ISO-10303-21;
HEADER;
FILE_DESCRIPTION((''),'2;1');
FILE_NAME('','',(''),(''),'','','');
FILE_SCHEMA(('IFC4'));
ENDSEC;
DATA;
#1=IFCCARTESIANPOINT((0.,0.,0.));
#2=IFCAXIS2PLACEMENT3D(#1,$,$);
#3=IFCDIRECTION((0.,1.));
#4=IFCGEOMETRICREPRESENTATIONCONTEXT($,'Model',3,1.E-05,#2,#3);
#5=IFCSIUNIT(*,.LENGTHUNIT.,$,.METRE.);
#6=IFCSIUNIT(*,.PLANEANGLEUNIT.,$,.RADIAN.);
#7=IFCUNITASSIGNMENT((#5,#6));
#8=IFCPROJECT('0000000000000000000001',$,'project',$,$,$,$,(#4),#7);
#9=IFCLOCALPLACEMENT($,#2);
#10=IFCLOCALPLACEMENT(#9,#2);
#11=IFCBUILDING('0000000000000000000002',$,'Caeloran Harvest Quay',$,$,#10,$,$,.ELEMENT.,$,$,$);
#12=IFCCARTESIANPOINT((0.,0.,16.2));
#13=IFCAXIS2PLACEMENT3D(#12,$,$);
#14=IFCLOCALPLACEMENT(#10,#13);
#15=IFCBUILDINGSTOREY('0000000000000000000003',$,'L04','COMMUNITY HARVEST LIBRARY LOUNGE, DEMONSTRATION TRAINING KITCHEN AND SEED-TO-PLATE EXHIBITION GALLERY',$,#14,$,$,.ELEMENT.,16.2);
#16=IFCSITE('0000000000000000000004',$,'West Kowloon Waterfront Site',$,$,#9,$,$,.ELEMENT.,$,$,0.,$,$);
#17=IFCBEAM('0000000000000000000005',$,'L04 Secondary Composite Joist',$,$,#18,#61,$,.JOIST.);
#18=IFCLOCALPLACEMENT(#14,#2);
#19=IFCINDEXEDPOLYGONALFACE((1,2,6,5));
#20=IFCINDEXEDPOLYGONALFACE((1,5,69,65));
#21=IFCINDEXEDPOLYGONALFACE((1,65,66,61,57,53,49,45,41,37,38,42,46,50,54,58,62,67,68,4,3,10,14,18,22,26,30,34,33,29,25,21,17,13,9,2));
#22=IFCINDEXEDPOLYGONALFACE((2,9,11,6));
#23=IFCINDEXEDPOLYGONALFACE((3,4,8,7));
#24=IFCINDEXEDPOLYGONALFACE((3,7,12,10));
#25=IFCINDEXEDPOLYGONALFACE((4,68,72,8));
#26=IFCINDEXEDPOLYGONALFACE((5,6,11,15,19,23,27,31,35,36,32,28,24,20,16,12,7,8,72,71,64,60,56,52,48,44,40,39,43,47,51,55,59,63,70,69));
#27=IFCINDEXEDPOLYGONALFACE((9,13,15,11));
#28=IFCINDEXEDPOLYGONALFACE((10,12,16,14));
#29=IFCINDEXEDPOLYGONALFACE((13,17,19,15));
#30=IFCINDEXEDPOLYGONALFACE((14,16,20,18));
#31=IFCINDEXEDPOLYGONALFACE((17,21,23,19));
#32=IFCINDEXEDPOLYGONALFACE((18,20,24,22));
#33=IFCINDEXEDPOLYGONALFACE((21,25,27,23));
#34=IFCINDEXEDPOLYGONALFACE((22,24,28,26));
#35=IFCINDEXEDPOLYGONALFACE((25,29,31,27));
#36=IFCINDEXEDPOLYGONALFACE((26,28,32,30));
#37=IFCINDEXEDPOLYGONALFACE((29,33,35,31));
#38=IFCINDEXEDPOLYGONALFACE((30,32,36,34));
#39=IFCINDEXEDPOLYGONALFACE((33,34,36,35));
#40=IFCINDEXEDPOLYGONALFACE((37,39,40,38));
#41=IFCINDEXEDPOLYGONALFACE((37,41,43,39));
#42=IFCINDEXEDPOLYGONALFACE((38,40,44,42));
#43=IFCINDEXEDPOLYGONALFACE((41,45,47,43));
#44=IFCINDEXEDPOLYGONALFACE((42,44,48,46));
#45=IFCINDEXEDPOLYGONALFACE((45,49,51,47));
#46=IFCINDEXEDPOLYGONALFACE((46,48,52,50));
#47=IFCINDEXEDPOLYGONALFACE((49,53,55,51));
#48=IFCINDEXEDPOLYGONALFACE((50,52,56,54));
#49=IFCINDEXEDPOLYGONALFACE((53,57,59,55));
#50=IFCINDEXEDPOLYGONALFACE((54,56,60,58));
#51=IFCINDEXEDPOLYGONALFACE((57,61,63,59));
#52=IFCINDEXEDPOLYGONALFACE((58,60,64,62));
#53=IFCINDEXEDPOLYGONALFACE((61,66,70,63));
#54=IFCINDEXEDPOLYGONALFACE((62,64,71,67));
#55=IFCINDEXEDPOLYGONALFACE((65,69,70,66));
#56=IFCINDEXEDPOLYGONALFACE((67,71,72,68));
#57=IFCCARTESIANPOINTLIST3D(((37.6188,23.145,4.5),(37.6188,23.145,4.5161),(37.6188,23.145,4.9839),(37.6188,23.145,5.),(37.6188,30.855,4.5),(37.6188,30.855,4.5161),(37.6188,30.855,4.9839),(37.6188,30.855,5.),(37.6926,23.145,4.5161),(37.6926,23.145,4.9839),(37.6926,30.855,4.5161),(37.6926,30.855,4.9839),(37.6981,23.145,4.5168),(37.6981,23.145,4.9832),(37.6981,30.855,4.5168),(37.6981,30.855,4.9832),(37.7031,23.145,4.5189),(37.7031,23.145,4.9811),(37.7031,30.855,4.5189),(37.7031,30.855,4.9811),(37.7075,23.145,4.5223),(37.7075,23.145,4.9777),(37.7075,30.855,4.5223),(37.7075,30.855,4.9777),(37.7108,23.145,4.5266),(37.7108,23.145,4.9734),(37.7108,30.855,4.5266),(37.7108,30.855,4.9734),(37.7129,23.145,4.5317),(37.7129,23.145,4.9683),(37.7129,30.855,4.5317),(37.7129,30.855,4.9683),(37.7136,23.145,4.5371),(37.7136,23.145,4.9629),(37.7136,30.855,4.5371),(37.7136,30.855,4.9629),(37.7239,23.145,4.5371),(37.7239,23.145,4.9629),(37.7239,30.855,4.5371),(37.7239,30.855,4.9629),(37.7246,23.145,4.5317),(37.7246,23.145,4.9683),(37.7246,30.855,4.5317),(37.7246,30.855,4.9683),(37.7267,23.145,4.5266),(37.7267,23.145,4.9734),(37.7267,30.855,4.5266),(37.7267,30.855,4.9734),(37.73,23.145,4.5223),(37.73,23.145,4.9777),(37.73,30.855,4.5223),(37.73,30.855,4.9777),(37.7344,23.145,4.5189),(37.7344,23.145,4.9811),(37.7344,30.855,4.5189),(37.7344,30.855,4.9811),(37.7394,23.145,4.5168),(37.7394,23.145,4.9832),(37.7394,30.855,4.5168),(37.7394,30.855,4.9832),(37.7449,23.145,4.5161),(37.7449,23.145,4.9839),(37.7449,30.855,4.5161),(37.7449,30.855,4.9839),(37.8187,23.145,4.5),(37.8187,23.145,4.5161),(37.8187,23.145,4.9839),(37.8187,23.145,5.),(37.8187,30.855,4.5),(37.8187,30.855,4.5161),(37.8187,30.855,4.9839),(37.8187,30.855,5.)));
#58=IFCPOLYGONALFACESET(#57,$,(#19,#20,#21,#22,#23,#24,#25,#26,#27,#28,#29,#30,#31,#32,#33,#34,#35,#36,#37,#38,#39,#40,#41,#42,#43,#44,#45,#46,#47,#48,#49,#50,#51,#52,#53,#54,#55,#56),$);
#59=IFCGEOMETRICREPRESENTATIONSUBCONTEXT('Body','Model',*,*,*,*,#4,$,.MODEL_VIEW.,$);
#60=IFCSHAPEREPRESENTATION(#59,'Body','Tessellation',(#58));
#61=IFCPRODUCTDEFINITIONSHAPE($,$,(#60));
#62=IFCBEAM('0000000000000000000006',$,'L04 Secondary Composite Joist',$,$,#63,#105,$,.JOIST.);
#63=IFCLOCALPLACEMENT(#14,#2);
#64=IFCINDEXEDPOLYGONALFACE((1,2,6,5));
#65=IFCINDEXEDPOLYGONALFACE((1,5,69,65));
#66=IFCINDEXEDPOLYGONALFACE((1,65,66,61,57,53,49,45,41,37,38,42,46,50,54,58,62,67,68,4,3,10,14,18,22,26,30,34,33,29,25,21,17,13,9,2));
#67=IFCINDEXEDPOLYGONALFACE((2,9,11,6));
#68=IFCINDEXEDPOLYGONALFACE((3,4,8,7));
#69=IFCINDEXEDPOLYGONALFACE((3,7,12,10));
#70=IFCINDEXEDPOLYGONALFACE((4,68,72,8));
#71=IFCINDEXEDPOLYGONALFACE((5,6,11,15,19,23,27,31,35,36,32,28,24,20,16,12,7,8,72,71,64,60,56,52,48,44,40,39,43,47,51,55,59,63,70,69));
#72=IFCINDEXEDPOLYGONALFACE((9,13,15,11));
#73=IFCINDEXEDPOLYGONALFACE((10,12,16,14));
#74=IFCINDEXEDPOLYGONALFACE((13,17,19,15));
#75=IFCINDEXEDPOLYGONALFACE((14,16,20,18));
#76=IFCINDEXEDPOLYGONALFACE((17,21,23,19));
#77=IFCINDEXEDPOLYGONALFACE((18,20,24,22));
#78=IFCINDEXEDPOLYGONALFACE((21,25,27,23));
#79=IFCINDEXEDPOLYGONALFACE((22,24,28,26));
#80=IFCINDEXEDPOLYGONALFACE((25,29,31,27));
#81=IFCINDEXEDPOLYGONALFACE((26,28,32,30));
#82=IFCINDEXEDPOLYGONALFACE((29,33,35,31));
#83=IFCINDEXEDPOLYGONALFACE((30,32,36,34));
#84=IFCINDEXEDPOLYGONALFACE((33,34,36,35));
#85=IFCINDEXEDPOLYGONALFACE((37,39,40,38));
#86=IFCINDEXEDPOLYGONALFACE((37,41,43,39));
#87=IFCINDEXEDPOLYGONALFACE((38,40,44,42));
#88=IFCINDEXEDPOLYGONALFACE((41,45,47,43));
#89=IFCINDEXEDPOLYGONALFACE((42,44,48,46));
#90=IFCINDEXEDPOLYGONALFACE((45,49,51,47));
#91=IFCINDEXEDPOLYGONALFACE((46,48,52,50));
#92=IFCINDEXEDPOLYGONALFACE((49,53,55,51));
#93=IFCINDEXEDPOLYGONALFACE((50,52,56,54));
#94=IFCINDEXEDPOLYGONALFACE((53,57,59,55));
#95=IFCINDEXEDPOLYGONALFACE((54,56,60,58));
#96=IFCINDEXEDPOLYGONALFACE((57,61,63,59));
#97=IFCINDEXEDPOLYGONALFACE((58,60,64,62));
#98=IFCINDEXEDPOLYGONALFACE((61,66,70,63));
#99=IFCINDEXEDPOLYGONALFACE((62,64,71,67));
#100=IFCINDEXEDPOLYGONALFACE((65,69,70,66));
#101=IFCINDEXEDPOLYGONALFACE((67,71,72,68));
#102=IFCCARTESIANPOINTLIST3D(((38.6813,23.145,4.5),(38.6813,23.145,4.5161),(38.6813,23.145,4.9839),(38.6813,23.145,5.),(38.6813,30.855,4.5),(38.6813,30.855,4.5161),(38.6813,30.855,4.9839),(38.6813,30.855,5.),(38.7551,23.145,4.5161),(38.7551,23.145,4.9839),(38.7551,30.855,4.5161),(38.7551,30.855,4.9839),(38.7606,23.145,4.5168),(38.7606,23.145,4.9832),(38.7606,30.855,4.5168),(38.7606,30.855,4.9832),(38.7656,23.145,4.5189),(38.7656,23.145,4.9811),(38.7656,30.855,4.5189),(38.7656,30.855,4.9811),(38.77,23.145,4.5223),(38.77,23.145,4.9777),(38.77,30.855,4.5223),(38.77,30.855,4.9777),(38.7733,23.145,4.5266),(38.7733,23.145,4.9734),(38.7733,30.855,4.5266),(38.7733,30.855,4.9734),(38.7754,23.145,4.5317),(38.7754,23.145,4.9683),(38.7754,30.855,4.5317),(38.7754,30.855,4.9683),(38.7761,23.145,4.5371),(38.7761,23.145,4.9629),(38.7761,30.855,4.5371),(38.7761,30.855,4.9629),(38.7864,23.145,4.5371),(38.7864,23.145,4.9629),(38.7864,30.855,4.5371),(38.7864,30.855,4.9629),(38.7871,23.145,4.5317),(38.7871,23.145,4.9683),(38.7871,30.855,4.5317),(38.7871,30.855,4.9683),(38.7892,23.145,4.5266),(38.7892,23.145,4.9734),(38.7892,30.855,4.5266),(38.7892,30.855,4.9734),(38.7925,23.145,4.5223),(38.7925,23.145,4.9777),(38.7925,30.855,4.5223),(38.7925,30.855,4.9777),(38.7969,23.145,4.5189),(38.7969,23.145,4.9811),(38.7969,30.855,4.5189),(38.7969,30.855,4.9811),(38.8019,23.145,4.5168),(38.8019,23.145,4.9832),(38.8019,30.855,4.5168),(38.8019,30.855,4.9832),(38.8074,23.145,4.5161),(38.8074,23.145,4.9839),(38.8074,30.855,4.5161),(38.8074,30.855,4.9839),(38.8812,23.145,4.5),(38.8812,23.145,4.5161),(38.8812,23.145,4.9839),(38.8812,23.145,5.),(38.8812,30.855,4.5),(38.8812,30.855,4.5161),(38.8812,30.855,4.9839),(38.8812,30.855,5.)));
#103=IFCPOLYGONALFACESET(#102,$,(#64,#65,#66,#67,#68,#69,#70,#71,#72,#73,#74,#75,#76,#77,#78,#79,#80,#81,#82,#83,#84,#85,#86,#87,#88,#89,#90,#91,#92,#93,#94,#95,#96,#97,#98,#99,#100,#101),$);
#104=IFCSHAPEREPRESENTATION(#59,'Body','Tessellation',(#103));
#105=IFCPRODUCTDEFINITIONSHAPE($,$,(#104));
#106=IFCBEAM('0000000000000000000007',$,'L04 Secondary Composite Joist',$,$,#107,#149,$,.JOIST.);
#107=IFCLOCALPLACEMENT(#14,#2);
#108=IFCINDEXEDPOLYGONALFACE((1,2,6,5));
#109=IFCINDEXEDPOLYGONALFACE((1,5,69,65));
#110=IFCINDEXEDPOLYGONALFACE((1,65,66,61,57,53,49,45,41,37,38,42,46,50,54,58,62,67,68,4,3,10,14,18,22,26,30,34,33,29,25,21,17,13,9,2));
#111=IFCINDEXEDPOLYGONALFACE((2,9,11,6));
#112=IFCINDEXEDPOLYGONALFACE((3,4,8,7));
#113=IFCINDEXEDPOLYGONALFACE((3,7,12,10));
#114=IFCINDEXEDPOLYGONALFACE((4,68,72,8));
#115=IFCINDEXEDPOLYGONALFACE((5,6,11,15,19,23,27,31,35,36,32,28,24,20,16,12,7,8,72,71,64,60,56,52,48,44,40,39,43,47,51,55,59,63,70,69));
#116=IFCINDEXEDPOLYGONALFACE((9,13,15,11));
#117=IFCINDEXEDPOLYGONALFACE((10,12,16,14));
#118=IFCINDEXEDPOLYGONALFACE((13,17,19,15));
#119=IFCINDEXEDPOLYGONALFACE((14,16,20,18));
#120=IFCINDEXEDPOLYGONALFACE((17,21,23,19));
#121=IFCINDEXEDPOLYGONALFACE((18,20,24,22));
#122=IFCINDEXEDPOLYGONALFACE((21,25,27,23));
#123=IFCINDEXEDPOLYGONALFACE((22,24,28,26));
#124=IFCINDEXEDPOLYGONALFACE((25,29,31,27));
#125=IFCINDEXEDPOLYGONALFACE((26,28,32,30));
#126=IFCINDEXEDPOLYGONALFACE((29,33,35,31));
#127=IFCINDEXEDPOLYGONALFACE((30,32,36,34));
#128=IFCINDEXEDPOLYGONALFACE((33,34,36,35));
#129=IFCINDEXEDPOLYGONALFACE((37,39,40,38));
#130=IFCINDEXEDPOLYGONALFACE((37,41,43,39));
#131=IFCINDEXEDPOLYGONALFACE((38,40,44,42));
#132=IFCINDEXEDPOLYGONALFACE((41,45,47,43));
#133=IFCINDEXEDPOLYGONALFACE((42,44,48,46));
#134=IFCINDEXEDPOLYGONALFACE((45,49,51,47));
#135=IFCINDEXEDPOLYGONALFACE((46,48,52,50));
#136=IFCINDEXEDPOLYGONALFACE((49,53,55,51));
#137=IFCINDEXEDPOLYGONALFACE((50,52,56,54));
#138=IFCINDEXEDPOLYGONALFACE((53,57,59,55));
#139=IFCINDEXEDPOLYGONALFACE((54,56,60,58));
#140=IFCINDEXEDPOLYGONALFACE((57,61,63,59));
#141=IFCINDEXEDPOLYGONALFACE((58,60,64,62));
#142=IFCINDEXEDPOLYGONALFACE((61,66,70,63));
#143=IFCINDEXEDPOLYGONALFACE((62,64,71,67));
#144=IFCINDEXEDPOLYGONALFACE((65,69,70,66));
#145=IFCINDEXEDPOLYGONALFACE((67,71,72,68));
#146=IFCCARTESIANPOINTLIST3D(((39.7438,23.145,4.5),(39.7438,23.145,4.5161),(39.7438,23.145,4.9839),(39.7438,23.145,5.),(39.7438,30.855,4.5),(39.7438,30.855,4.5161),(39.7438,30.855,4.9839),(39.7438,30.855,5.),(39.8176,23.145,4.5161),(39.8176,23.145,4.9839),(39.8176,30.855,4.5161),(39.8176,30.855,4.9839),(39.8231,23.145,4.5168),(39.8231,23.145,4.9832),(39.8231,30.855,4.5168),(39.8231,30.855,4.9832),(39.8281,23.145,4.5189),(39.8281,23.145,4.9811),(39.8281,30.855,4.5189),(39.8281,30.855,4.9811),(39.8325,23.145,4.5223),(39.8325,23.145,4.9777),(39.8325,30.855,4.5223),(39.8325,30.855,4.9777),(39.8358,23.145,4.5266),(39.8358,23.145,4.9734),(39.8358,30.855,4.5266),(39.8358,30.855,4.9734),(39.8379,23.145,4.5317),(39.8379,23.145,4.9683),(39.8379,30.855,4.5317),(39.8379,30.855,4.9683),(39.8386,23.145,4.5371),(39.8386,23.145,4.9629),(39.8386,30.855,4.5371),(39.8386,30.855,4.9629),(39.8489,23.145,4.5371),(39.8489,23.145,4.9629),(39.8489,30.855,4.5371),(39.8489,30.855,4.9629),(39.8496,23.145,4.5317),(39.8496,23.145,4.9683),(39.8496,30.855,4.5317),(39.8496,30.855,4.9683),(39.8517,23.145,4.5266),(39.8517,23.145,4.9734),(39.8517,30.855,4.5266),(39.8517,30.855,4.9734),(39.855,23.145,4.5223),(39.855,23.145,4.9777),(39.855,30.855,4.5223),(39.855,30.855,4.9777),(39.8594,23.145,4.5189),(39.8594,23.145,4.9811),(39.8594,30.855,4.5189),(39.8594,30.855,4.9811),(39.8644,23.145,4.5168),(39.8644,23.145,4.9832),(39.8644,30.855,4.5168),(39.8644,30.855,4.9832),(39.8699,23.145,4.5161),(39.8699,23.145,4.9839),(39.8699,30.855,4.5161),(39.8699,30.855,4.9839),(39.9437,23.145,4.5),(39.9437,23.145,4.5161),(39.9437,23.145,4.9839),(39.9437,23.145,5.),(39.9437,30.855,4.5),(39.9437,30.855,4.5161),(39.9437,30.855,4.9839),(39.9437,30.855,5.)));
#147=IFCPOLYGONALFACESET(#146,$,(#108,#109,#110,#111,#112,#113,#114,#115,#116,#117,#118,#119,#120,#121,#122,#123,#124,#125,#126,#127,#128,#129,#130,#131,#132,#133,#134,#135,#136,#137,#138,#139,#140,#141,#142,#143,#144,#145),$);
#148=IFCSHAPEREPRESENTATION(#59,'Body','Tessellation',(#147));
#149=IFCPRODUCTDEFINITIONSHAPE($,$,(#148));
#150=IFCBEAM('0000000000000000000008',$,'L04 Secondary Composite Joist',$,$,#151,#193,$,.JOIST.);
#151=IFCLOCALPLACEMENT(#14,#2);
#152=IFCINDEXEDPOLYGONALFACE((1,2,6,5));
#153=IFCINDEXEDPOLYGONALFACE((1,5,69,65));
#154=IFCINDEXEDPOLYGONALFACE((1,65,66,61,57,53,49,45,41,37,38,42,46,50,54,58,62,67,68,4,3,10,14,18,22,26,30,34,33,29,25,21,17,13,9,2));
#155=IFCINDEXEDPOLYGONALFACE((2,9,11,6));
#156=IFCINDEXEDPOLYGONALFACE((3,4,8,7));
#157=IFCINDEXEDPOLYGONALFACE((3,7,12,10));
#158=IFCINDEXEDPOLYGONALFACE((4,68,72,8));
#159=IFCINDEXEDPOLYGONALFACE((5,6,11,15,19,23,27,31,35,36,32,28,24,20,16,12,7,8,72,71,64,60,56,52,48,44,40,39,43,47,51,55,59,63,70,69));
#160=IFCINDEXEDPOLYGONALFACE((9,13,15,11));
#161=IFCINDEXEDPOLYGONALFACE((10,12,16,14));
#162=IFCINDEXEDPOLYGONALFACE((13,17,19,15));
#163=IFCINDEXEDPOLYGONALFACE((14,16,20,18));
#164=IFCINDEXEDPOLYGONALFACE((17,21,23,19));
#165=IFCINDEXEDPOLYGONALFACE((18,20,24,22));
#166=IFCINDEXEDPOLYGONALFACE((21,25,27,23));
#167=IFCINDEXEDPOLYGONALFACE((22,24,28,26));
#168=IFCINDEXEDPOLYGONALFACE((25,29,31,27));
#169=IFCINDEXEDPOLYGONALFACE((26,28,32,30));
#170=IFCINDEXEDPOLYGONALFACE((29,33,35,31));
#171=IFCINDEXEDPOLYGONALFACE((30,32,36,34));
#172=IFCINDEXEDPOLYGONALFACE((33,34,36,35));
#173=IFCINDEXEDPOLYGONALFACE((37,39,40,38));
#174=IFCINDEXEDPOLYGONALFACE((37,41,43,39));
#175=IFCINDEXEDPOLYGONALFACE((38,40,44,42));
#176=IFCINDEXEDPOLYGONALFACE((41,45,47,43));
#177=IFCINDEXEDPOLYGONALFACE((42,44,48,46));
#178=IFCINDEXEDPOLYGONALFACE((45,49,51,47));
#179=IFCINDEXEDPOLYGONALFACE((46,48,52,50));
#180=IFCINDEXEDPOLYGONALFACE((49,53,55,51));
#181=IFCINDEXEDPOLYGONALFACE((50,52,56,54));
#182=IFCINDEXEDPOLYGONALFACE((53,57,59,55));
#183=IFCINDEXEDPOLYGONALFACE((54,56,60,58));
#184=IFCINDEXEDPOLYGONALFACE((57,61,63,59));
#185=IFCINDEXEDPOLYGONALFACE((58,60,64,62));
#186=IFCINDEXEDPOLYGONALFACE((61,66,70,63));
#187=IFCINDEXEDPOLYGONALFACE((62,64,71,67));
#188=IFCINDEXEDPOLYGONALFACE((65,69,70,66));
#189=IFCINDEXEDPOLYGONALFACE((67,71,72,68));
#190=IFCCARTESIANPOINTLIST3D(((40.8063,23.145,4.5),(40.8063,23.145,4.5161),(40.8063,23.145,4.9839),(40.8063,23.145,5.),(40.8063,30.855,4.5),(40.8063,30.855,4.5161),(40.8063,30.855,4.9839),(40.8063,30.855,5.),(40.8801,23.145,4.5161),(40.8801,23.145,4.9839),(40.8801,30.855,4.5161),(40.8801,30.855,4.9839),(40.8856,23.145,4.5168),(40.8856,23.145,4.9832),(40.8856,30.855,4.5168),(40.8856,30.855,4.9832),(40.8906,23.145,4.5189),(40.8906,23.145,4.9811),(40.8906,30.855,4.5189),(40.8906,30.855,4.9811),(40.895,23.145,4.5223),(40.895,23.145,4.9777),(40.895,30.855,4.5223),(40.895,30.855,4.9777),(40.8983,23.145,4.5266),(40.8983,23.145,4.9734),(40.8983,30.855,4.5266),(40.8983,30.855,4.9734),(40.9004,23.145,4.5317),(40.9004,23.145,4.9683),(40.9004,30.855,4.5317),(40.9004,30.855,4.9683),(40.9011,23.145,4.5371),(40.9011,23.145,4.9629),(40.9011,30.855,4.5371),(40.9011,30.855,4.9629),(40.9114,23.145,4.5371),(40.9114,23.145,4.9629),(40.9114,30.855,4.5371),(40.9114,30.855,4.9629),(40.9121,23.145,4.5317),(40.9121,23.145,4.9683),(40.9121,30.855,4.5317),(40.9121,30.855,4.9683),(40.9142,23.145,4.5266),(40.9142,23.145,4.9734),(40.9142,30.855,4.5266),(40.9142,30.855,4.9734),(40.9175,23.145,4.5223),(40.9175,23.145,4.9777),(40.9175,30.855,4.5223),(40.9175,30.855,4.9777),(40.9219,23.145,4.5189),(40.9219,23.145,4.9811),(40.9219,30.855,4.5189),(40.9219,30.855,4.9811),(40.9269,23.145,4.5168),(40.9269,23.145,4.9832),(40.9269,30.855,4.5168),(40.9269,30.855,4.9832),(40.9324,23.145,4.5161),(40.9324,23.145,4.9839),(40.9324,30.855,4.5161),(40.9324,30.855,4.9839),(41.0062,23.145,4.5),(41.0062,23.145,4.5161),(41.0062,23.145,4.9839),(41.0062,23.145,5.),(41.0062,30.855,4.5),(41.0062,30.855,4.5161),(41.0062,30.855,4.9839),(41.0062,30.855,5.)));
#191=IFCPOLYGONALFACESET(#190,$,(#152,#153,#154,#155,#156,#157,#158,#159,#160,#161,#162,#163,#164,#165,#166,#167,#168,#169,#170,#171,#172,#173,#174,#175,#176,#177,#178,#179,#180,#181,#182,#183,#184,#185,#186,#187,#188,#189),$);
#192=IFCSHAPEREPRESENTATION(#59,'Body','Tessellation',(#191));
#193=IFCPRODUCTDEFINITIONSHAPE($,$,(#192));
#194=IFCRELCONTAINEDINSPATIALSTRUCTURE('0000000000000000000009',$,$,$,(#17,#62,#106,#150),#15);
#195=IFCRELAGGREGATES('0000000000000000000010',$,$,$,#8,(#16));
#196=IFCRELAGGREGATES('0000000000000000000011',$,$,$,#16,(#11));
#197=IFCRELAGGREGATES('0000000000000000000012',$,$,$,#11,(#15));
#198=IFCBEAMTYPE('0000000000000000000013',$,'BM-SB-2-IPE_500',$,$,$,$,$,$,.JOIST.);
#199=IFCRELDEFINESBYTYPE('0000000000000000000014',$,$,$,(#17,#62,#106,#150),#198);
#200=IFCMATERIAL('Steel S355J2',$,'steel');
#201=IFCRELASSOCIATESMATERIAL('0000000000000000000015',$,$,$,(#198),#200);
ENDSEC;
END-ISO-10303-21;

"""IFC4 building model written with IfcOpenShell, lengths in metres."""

from ifc_helpers import new_model, si_unit, direction, frame, origin, origin_2d, place, context, subcontext, project, spatial, i_section, extrude, material, material_profile, profile_set, type_object, element, save


model = new_model("IFC4")

# Units and contexts
model_context = context("Model", 3, precision=1e-05, world=origin(), true_north=direction((0.0, 1.0)))
body_context = subcontext(model_context, "Body", "Model", "MODEL_VIEW")
ifc_project = project(units=[si_unit("LENGTHUNIT", "METRE"), si_unit("PLANEANGLEUNIT", "RADIAN")], contexts=[model_context])

# Site, building, storey
site_placement = place(None, origin())
site = spatial("IfcSite", under=ifc_project, at=site_placement, Name="West Kowloon Waterfront Site", CompositionType="ELEMENT", RefElevation=0.0)
building_placement = place(site_placement, origin())
building = spatial("IfcBuilding", under=site, at=building_placement, Name="Caeloran Harvest Quay", CompositionType="ELEMENT")
storey_placement = place(building_placement, frame((0.0, 0.0, 16.2)))
storey = spatial("IfcBuildingStorey", under=building, at=storey_placement, Name="L04", Description="COMMUNITY HARVEST LIBRARY LOUNGE, DEMONSTRATION TRAINING KITCHEN AND SEED-TO-PLATE EXHIBITION GALLERY", CompositionType="ELEMENT", Elevation=16.2)

# Beams
ifc_material_1 = material(Name="Steel S355J2", Category="steel")
ifc_material_profile_1 = material_profile(ifc_material_1, i_section(OverallWidth=0.2, OverallDepth=0.5, WebThickness=0.0103, FlangeThickness=0.0161, FilletRadius=0.021, at=origin_2d()), Name="IPE 500")
ifc_profile_set_1 = profile_set([ifc_material_profile_1], Name="Steel S355J2")
beam_type_1 = type_object("IfcBeamType", Name="BM-SB-2-IPE_500", PredefinedType="JOIST", material=ifc_profile_set_1)
for number, where, z_axis, x_axis, name in (
    (1, (37.7188, 23.145, 4.75), (0.0, 1.0, 0.0), (-1.0, 0.0, 0.0), "L04 Secondary Composite Joist"),
    (2, (38.7812, 23.145, 4.75), (0.0, 1.0, 0.0), (-1.0, 0.0, 0.0), "L04 Secondary Composite Joist"),
    (3, (39.8438, 23.145, 4.75), (0.0, 1.0, 0.0), (-1.0, 0.0, 0.0), "L04 Secondary Composite Joist"),
    (4, (40.9062, 23.145, 4.75), (0.0, 1.0, 0.0), (-1.0, 0.0, 0.0), "L04 Secondary Composite Joist"),
):
    element("IfcBeam", number, at=place(storey_placement, frame(where, z_axis=z_axis, x_axis=x_axis)), inside=storey, type_object=beam_type_1, Name=name, PredefinedType="JOIST", context=body_context, shape_type="SweptSolid", body=[
        extrude(i_section(OverallWidth=0.2, OverallDepth=0.5, WebThickness=0.0103, FlangeThickness=0.0161, FilletRadius=0.021, at=origin_2d()), origin(), (0.0, 0.0, 1.0), 7.71),
    ])

save(model, "model.ifc")
